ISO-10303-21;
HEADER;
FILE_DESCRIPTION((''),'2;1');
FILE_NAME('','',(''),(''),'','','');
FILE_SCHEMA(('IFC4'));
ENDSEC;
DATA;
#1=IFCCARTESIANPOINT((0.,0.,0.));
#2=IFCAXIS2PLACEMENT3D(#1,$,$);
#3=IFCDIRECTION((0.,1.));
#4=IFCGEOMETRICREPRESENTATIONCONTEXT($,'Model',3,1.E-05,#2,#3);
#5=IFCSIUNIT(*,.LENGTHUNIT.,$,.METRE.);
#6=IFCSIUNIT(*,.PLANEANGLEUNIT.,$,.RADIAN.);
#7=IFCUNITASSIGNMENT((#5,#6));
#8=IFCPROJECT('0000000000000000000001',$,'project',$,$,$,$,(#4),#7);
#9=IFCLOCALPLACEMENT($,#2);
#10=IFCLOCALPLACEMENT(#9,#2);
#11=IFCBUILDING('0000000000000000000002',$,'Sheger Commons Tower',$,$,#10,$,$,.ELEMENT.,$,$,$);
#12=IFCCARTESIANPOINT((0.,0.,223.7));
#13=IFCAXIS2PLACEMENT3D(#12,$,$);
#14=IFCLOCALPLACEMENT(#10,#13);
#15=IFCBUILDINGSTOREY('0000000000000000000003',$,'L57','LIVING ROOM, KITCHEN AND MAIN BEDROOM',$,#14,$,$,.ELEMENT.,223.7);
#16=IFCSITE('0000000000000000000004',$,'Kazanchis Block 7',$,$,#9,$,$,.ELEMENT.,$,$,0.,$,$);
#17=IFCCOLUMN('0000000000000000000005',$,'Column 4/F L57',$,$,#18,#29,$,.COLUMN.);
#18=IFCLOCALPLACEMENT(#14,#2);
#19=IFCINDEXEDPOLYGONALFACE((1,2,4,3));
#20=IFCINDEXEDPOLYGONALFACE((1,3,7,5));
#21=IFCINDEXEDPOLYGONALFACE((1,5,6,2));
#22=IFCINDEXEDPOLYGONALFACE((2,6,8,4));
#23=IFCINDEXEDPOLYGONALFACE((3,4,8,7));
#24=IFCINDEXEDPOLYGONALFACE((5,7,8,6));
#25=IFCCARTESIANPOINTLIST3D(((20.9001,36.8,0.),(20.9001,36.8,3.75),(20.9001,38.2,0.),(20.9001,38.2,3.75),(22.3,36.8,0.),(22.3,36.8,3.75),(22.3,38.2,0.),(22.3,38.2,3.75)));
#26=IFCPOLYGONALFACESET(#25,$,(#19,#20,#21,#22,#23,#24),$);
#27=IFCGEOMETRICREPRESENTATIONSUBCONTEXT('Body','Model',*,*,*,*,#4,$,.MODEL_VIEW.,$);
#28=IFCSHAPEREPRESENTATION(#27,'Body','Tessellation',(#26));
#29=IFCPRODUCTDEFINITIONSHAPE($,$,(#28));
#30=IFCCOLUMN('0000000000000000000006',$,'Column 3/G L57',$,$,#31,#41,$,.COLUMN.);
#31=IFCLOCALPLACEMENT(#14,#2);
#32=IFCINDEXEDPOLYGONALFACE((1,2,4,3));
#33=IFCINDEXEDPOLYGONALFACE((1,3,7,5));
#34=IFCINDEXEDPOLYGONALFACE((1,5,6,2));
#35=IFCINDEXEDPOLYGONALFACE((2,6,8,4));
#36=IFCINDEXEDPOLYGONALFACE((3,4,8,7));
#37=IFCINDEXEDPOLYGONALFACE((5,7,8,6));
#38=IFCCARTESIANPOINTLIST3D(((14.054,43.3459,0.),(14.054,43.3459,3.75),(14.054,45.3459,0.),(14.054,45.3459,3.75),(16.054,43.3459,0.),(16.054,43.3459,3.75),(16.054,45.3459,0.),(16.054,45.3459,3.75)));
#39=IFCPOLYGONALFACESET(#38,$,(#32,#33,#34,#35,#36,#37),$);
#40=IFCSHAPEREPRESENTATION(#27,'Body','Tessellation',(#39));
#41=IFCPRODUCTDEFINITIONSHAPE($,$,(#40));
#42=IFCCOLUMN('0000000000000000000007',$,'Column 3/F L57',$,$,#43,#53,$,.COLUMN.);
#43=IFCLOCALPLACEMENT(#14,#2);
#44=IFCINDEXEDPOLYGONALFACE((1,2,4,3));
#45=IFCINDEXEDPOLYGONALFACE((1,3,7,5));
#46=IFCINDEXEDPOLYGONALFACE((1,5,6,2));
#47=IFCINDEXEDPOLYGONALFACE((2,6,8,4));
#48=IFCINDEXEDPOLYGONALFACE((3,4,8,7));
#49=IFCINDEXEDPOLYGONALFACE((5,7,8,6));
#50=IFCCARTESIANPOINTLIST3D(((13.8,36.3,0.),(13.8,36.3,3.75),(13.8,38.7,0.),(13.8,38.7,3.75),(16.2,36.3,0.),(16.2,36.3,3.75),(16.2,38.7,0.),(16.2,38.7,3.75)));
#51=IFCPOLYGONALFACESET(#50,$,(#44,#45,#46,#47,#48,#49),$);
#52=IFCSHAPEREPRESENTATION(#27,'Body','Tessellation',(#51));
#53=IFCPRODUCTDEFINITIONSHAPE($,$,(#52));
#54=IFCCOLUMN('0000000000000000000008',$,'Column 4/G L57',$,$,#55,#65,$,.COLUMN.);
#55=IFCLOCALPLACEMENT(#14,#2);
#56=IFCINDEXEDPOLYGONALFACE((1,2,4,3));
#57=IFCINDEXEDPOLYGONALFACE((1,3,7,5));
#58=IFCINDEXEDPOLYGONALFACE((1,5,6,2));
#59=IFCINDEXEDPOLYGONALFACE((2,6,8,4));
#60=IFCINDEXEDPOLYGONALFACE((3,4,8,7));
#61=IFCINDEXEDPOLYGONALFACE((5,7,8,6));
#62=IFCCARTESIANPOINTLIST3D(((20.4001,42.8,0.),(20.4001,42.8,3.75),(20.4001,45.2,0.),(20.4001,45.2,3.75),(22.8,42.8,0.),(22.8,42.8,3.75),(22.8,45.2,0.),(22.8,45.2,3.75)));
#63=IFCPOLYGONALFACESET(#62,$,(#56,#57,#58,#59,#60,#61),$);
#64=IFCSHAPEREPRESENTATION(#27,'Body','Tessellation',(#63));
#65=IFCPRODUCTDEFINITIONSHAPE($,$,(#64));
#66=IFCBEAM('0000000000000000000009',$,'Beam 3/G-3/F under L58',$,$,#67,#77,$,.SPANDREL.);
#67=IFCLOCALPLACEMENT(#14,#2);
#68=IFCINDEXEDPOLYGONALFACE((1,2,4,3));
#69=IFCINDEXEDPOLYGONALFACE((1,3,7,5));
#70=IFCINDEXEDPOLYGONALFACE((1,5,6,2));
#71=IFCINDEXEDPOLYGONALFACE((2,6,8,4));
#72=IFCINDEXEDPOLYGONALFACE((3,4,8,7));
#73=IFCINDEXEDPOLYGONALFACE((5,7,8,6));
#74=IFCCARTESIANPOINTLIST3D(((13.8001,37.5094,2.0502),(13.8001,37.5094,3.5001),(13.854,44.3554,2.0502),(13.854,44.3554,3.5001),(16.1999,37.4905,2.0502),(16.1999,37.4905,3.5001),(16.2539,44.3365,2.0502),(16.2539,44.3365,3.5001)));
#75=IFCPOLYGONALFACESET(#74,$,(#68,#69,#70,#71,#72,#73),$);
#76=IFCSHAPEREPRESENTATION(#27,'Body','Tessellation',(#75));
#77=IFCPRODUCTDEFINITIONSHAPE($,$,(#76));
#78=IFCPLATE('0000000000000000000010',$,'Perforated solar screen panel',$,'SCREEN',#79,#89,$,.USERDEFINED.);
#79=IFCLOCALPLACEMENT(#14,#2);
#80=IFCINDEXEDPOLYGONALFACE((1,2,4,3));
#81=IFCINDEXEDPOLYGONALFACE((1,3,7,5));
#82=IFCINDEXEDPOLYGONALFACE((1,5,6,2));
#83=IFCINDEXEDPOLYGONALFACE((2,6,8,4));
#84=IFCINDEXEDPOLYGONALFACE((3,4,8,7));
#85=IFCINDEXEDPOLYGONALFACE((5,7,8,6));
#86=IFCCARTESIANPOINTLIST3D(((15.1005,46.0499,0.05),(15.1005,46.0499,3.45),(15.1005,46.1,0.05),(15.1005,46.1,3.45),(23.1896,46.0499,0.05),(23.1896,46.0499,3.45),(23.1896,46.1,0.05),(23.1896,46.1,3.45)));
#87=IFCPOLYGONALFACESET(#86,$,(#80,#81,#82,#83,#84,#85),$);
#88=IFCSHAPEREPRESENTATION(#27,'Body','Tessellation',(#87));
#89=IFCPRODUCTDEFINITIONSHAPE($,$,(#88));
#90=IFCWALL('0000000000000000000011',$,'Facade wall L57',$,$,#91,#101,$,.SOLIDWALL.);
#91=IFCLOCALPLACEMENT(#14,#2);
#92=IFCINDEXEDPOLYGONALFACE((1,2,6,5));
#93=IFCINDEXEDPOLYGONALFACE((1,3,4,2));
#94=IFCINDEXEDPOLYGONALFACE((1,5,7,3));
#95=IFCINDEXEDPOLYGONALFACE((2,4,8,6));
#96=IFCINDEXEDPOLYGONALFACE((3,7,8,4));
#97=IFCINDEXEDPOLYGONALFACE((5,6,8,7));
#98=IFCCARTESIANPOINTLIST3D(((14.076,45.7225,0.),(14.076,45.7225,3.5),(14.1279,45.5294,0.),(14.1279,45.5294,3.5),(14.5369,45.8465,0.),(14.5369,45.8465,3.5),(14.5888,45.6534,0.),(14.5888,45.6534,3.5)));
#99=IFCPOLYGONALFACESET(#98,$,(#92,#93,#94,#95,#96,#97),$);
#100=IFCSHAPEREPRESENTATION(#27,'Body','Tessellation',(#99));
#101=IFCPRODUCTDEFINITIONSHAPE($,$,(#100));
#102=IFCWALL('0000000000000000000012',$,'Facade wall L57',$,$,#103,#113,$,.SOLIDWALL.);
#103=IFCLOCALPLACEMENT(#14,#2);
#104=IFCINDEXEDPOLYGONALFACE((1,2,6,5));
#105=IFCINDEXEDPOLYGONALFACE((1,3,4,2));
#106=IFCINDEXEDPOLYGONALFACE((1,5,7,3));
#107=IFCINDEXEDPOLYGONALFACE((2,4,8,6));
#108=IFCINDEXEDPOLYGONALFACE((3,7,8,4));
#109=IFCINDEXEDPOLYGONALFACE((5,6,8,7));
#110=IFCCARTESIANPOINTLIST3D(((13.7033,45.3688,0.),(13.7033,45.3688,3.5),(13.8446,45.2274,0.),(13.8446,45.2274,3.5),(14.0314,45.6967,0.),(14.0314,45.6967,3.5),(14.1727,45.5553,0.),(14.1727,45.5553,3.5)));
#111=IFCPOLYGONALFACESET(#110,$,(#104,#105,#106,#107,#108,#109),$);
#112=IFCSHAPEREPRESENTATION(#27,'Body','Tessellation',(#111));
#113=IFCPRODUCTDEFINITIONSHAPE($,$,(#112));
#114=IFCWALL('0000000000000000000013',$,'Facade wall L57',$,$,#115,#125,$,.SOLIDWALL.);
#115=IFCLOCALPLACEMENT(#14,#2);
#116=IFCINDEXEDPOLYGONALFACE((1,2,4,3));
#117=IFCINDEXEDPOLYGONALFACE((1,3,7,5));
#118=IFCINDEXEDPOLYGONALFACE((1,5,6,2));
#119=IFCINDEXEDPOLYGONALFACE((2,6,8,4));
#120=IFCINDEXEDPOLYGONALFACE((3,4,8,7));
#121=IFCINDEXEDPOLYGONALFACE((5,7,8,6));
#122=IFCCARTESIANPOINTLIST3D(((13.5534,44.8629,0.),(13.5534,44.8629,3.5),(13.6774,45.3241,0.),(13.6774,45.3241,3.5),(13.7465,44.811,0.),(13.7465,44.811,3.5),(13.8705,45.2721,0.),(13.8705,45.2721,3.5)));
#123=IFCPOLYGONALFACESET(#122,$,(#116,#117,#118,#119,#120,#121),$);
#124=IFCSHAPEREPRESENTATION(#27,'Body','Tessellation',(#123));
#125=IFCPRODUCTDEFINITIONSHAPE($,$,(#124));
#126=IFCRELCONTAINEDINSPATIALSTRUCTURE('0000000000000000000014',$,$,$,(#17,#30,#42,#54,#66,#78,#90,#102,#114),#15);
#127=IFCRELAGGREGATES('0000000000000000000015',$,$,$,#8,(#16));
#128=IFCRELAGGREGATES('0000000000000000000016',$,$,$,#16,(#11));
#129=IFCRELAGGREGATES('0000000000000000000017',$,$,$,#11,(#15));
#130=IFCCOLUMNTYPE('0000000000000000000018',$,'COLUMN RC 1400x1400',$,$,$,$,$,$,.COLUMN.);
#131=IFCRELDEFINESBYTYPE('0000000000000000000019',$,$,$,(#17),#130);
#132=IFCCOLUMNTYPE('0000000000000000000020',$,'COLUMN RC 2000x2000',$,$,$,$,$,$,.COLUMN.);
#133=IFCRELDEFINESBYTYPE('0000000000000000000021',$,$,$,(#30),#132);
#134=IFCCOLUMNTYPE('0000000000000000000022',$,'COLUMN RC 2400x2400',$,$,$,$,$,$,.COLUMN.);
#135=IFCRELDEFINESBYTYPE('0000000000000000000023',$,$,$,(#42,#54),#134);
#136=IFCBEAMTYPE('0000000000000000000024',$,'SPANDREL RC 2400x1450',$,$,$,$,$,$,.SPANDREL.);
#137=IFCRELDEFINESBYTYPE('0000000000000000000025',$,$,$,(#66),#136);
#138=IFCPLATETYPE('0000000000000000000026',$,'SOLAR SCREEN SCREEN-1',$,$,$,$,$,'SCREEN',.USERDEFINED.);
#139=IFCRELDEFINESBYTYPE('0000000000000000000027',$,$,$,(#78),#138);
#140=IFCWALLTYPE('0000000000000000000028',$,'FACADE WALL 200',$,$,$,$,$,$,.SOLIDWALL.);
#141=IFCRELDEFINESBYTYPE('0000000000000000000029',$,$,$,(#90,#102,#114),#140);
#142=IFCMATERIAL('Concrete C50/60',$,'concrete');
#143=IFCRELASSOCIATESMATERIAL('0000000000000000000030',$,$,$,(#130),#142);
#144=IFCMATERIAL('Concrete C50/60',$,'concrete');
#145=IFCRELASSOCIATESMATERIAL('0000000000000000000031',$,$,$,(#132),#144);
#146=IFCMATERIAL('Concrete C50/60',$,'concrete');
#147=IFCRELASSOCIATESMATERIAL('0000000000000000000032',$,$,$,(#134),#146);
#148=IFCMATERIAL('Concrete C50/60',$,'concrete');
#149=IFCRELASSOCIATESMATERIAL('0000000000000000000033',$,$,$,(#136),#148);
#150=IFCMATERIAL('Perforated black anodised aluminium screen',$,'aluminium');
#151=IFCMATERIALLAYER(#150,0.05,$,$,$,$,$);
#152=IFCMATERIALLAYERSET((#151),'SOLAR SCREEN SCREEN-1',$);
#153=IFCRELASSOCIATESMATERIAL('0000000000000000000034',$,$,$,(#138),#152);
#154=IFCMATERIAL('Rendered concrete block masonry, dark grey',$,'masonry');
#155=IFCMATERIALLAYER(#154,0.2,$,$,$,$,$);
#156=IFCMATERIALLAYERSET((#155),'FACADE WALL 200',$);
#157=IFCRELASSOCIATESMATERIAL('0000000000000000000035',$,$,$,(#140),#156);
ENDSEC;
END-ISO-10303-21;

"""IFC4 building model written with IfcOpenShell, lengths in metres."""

from ifc_helpers import new_model, si_unit, direction, frame, frame_2d, origin, origin_2d, place, context, subcontext, project, spatial, rectangle, extrude, material, layer, layer_set, material_profile, profile_set, type_object, element, save


model = new_model("IFC4")

# Units and contexts
model_context = context("Model", 3, precision=1e-05, world=origin(), true_north=direction((0.0, 1.0)))
body_context = subcontext(model_context, "Body", "Model", "MODEL_VIEW")
ifc_project = project(units=[si_unit("LENGTHUNIT", "METRE"), si_unit("PLANEANGLEUNIT", "RADIAN")], contexts=[model_context])

# Site, building, storey
site_placement = place(None, origin())
site = spatial("IfcSite", under=ifc_project, at=site_placement, Name="Kazanchis Block 7", CompositionType="ELEMENT", RefElevation=0.0)
building_placement = place(site_placement, origin())
building = spatial("IfcBuilding", under=site, at=building_placement, Name="Sheger Commons Tower", CompositionType="ELEMENT")
storey_placement = place(building_placement, frame((0.0, 0.0, 223.7)))
storey = spatial("IfcBuildingStorey", under=building, at=storey_placement, Name="L57", Description="LIVING ROOM, KITCHEN AND MAIN BEDROOM", CompositionType="ELEMENT", Elevation=223.7)

# Columns
ifc_material_1 = material(Name="Concrete C50/60", Category="concrete")
ifc_material_profile_1 = material_profile(ifc_material_1, rectangle(XDim=1.3999, YDim=1.3999, at=origin_2d()), Name="RC 1400x1400")
ifc_profile_set_1 = profile_set([ifc_material_profile_1], Name="Concrete C50/60")
column_type_1 = type_object("IfcColumnType", Name="COLUMN RC 1400x1400", PredefinedType="COLUMN", material=ifc_profile_set_1)
column_1_placement = place(storey_placement, frame((21.6001, 37.5, 0.0), z_axis=(0.0, 0.0, 1.0), x_axis=(1.0, 0.0, 0.0)))
element("IfcColumn", 1, at=column_1_placement, inside=storey, type_object=column_type_1, Name="Column 4/F L57", PredefinedType="COLUMN", context=body_context, shape_type="SweptSolid", body=[
    extrude(rectangle(XDim=1.3999, YDim=1.3999, at=origin_2d()), origin(), (0.0, 0.0, 1.0), 3.75),
])
ifc_material_2 = material(Name="Concrete C50/60", Category="concrete")
ifc_material_profile_2 = material_profile(ifc_material_2, rectangle(XDim=2.0, YDim=2.0, at=origin_2d()), Name="RC 2000x2000")
ifc_profile_set_2 = profile_set([ifc_material_profile_2], Name="Concrete C50/60")
column_type_2 = type_object("IfcColumnType", Name="COLUMN RC 2000x2000", PredefinedType="COLUMN", material=ifc_profile_set_2)
column_2_placement = place(storey_placement, frame((15.054, 44.3459, 0.0), z_axis=(0.0, 0.0, 1.0), x_axis=(1.0, 0.0, 0.0)))
element("IfcColumn", 2, at=column_2_placement, inside=storey, type_object=column_type_2, Name="Column 3/G L57", PredefinedType="COLUMN", context=body_context, shape_type="SweptSolid", body=[
    extrude(rectangle(XDim=2.0, YDim=2.0, at=origin_2d()), origin(), (0.0, 0.0, 1.0), 3.75),
])
ifc_material_3 = material(Name="Concrete C50/60", Category="concrete")
ifc_material_profile_3 = material_profile(ifc_material_3, rectangle(XDim=2.3999, YDim=2.3999, at=origin_2d()), Name="RC 2400x2400")
ifc_profile_set_3 = profile_set([ifc_material_profile_3], Name="Concrete C50/60")
column_type_3 = type_object("IfcColumnType", Name="COLUMN RC 2400x2400", PredefinedType="COLUMN", material=ifc_profile_set_3)
for number, where, z_axis, x_axis, name in (
    (3, (15.0, 37.5, 0.0), (0.0, 0.0, 1.0), (1.0, 0.0, 0.0), "Column 3/F L57"),
    (4, (21.6001, 44.0, 0.0), (0.0, 0.0, 1.0), (1.0, 0.0, 0.0), "Column 4/G L57"),
):
    element("IfcColumn", number, at=place(storey_placement, frame(where, z_axis=z_axis, x_axis=x_axis)), inside=storey, type_object=column_type_3, Name=name, PredefinedType="COLUMN", context=body_context, shape_type="SweptSolid", body=[
        extrude(rectangle(XDim=2.3999, YDim=2.3999, at=origin_2d()), origin(), (0.0, 0.0, 1.0), 3.75),
    ])

# Beam
ifc_material_4 = material(Name="Concrete C50/60", Category="concrete")
ifc_material_profile_4 = material_profile(ifc_material_4, rectangle(XDim=2.3999, YDim=1.45, at=origin_2d()), Name="RC 2400x1450")
ifc_profile_set_4 = profile_set([ifc_material_profile_4], Name="Concrete C50/60")
beam_type = type_object("IfcBeamType", Name="SPANDREL RC 2400x1450", PredefinedType="SPANDREL", material=ifc_profile_set_4)
beam_placement = place(storey_placement, frame((15.054, 44.3459, 2.7751), z_axis=(-0.007881, -0.999969, 0.0), x_axis=(0.999969, -0.007881, 0.0)))
element("IfcBeam", 5, at=beam_placement, inside=storey, type_object=beam_type, Name="Beam 3/G-3/F under L58", PredefinedType="SPANDREL", context=body_context, shape_type="SweptSolid", body=[
    extrude(rectangle(XDim=2.3999, YDim=1.45, at=origin_2d()), origin(), (0.0, 0.0, 1.0), 6.8462),
])

# Plate
ifc_material_5 = material(Name="Perforated black anodised aluminium screen", Category="aluminium")
ifc_layer_1 = layer(ifc_material_5, 0.05)
ifc_layer_set_1 = layer_set([ifc_layer_1], Name="SOLAR SCREEN SCREEN-1")
plate_type = type_object("IfcPlateType", Name="SOLAR SCREEN SCREEN-1", ElementType="SCREEN", PredefinedType="USERDEFINED", material=ifc_layer_set_1)
plate_placement = place(storey_placement, frame((19.145, 46.075, 0.05), z_axis=(0.0, 0.0, 1.0), x_axis=(-1.0, 0.0, 0.0)))
element("IfcPlate", 6, at=plate_placement, inside=storey, type_object=plate_type, Name="Perforated solar screen panel", ObjectType="SCREEN", PredefinedType="USERDEFINED", context=body_context, shape_type="SweptSolid", body=[
    extrude(rectangle(XDim=8.0891, YDim=0.05, at=origin_2d()), origin(), (0.0, 0.0, 1.0), 3.3999),
])

# Walls
ifc_material_6 = material(Name="Rendered concrete block masonry, dark grey", Category="masonry")
ifc_layer_2 = layer(ifc_material_6, 0.2)
ifc_layer_set_2 = layer_set([ifc_layer_2], Name="FACADE WALL 200")
wall_type_1 = type_object("IfcWallType", Name="FACADE WALL 200", PredefinedType="SOLIDWALL", material=ifc_layer_set_2)
wall_1_placement = place(storey_placement, frame((14.563, 45.75, 0.0), z_axis=(0.0, 0.0, 1.0), x_axis=(-0.965655, -0.259827, 0.0)))
element("IfcWall", 7, at=wall_1_placement, inside=storey, type_object=wall_type_1, Name="Facade wall L57", PredefinedType="SOLIDWALL", context=body_context, shape_type="SweptSolid", body=[
    extrude(rectangle(XDim=0.4773, YDim=0.2, at=frame_2d((0.2388, 0.0))), origin(), (0.0, 0.0, 1.0), 3.5),
])
wall_2_placement = place(storey_placement, frame((14.1021, 45.626, 0.0), z_axis=(0.0, 0.0, 1.0), x_axis=(-0.70737, -0.706844, 0.0)))
element("IfcWall", 8, at=wall_2_placement, inside=storey, type_object=wall_type_1, Name="Facade wall L57", PredefinedType="SOLIDWALL", context=body_context, shape_type="SweptSolid", body=[
    extrude(rectangle(XDim=0.4639, YDim=0.2, at=frame_2d((0.2319, 0.0))), origin(), (0.0, 0.0, 1.0), 3.5),
])
wall_3_placement = place(storey_placement, frame((13.7739, 45.2981, 0.0), z_axis=(0.0, 0.0, 1.0), x_axis=(-0.259698, -0.96569, 0.0)))
element("IfcWall", 9, at=wall_3_placement, inside=storey, type_object=wall_type_1, Name="Facade wall L57", PredefinedType="SOLIDWALL", context=body_context, shape_type="SweptSolid", body=[
    extrude(rectangle(XDim=0.4775, YDim=0.2, at=frame_2d((0.2388, 0.0))), origin(), (0.0, 0.0, 1.0), 3.5),
])

save(model, "model.ifc")
